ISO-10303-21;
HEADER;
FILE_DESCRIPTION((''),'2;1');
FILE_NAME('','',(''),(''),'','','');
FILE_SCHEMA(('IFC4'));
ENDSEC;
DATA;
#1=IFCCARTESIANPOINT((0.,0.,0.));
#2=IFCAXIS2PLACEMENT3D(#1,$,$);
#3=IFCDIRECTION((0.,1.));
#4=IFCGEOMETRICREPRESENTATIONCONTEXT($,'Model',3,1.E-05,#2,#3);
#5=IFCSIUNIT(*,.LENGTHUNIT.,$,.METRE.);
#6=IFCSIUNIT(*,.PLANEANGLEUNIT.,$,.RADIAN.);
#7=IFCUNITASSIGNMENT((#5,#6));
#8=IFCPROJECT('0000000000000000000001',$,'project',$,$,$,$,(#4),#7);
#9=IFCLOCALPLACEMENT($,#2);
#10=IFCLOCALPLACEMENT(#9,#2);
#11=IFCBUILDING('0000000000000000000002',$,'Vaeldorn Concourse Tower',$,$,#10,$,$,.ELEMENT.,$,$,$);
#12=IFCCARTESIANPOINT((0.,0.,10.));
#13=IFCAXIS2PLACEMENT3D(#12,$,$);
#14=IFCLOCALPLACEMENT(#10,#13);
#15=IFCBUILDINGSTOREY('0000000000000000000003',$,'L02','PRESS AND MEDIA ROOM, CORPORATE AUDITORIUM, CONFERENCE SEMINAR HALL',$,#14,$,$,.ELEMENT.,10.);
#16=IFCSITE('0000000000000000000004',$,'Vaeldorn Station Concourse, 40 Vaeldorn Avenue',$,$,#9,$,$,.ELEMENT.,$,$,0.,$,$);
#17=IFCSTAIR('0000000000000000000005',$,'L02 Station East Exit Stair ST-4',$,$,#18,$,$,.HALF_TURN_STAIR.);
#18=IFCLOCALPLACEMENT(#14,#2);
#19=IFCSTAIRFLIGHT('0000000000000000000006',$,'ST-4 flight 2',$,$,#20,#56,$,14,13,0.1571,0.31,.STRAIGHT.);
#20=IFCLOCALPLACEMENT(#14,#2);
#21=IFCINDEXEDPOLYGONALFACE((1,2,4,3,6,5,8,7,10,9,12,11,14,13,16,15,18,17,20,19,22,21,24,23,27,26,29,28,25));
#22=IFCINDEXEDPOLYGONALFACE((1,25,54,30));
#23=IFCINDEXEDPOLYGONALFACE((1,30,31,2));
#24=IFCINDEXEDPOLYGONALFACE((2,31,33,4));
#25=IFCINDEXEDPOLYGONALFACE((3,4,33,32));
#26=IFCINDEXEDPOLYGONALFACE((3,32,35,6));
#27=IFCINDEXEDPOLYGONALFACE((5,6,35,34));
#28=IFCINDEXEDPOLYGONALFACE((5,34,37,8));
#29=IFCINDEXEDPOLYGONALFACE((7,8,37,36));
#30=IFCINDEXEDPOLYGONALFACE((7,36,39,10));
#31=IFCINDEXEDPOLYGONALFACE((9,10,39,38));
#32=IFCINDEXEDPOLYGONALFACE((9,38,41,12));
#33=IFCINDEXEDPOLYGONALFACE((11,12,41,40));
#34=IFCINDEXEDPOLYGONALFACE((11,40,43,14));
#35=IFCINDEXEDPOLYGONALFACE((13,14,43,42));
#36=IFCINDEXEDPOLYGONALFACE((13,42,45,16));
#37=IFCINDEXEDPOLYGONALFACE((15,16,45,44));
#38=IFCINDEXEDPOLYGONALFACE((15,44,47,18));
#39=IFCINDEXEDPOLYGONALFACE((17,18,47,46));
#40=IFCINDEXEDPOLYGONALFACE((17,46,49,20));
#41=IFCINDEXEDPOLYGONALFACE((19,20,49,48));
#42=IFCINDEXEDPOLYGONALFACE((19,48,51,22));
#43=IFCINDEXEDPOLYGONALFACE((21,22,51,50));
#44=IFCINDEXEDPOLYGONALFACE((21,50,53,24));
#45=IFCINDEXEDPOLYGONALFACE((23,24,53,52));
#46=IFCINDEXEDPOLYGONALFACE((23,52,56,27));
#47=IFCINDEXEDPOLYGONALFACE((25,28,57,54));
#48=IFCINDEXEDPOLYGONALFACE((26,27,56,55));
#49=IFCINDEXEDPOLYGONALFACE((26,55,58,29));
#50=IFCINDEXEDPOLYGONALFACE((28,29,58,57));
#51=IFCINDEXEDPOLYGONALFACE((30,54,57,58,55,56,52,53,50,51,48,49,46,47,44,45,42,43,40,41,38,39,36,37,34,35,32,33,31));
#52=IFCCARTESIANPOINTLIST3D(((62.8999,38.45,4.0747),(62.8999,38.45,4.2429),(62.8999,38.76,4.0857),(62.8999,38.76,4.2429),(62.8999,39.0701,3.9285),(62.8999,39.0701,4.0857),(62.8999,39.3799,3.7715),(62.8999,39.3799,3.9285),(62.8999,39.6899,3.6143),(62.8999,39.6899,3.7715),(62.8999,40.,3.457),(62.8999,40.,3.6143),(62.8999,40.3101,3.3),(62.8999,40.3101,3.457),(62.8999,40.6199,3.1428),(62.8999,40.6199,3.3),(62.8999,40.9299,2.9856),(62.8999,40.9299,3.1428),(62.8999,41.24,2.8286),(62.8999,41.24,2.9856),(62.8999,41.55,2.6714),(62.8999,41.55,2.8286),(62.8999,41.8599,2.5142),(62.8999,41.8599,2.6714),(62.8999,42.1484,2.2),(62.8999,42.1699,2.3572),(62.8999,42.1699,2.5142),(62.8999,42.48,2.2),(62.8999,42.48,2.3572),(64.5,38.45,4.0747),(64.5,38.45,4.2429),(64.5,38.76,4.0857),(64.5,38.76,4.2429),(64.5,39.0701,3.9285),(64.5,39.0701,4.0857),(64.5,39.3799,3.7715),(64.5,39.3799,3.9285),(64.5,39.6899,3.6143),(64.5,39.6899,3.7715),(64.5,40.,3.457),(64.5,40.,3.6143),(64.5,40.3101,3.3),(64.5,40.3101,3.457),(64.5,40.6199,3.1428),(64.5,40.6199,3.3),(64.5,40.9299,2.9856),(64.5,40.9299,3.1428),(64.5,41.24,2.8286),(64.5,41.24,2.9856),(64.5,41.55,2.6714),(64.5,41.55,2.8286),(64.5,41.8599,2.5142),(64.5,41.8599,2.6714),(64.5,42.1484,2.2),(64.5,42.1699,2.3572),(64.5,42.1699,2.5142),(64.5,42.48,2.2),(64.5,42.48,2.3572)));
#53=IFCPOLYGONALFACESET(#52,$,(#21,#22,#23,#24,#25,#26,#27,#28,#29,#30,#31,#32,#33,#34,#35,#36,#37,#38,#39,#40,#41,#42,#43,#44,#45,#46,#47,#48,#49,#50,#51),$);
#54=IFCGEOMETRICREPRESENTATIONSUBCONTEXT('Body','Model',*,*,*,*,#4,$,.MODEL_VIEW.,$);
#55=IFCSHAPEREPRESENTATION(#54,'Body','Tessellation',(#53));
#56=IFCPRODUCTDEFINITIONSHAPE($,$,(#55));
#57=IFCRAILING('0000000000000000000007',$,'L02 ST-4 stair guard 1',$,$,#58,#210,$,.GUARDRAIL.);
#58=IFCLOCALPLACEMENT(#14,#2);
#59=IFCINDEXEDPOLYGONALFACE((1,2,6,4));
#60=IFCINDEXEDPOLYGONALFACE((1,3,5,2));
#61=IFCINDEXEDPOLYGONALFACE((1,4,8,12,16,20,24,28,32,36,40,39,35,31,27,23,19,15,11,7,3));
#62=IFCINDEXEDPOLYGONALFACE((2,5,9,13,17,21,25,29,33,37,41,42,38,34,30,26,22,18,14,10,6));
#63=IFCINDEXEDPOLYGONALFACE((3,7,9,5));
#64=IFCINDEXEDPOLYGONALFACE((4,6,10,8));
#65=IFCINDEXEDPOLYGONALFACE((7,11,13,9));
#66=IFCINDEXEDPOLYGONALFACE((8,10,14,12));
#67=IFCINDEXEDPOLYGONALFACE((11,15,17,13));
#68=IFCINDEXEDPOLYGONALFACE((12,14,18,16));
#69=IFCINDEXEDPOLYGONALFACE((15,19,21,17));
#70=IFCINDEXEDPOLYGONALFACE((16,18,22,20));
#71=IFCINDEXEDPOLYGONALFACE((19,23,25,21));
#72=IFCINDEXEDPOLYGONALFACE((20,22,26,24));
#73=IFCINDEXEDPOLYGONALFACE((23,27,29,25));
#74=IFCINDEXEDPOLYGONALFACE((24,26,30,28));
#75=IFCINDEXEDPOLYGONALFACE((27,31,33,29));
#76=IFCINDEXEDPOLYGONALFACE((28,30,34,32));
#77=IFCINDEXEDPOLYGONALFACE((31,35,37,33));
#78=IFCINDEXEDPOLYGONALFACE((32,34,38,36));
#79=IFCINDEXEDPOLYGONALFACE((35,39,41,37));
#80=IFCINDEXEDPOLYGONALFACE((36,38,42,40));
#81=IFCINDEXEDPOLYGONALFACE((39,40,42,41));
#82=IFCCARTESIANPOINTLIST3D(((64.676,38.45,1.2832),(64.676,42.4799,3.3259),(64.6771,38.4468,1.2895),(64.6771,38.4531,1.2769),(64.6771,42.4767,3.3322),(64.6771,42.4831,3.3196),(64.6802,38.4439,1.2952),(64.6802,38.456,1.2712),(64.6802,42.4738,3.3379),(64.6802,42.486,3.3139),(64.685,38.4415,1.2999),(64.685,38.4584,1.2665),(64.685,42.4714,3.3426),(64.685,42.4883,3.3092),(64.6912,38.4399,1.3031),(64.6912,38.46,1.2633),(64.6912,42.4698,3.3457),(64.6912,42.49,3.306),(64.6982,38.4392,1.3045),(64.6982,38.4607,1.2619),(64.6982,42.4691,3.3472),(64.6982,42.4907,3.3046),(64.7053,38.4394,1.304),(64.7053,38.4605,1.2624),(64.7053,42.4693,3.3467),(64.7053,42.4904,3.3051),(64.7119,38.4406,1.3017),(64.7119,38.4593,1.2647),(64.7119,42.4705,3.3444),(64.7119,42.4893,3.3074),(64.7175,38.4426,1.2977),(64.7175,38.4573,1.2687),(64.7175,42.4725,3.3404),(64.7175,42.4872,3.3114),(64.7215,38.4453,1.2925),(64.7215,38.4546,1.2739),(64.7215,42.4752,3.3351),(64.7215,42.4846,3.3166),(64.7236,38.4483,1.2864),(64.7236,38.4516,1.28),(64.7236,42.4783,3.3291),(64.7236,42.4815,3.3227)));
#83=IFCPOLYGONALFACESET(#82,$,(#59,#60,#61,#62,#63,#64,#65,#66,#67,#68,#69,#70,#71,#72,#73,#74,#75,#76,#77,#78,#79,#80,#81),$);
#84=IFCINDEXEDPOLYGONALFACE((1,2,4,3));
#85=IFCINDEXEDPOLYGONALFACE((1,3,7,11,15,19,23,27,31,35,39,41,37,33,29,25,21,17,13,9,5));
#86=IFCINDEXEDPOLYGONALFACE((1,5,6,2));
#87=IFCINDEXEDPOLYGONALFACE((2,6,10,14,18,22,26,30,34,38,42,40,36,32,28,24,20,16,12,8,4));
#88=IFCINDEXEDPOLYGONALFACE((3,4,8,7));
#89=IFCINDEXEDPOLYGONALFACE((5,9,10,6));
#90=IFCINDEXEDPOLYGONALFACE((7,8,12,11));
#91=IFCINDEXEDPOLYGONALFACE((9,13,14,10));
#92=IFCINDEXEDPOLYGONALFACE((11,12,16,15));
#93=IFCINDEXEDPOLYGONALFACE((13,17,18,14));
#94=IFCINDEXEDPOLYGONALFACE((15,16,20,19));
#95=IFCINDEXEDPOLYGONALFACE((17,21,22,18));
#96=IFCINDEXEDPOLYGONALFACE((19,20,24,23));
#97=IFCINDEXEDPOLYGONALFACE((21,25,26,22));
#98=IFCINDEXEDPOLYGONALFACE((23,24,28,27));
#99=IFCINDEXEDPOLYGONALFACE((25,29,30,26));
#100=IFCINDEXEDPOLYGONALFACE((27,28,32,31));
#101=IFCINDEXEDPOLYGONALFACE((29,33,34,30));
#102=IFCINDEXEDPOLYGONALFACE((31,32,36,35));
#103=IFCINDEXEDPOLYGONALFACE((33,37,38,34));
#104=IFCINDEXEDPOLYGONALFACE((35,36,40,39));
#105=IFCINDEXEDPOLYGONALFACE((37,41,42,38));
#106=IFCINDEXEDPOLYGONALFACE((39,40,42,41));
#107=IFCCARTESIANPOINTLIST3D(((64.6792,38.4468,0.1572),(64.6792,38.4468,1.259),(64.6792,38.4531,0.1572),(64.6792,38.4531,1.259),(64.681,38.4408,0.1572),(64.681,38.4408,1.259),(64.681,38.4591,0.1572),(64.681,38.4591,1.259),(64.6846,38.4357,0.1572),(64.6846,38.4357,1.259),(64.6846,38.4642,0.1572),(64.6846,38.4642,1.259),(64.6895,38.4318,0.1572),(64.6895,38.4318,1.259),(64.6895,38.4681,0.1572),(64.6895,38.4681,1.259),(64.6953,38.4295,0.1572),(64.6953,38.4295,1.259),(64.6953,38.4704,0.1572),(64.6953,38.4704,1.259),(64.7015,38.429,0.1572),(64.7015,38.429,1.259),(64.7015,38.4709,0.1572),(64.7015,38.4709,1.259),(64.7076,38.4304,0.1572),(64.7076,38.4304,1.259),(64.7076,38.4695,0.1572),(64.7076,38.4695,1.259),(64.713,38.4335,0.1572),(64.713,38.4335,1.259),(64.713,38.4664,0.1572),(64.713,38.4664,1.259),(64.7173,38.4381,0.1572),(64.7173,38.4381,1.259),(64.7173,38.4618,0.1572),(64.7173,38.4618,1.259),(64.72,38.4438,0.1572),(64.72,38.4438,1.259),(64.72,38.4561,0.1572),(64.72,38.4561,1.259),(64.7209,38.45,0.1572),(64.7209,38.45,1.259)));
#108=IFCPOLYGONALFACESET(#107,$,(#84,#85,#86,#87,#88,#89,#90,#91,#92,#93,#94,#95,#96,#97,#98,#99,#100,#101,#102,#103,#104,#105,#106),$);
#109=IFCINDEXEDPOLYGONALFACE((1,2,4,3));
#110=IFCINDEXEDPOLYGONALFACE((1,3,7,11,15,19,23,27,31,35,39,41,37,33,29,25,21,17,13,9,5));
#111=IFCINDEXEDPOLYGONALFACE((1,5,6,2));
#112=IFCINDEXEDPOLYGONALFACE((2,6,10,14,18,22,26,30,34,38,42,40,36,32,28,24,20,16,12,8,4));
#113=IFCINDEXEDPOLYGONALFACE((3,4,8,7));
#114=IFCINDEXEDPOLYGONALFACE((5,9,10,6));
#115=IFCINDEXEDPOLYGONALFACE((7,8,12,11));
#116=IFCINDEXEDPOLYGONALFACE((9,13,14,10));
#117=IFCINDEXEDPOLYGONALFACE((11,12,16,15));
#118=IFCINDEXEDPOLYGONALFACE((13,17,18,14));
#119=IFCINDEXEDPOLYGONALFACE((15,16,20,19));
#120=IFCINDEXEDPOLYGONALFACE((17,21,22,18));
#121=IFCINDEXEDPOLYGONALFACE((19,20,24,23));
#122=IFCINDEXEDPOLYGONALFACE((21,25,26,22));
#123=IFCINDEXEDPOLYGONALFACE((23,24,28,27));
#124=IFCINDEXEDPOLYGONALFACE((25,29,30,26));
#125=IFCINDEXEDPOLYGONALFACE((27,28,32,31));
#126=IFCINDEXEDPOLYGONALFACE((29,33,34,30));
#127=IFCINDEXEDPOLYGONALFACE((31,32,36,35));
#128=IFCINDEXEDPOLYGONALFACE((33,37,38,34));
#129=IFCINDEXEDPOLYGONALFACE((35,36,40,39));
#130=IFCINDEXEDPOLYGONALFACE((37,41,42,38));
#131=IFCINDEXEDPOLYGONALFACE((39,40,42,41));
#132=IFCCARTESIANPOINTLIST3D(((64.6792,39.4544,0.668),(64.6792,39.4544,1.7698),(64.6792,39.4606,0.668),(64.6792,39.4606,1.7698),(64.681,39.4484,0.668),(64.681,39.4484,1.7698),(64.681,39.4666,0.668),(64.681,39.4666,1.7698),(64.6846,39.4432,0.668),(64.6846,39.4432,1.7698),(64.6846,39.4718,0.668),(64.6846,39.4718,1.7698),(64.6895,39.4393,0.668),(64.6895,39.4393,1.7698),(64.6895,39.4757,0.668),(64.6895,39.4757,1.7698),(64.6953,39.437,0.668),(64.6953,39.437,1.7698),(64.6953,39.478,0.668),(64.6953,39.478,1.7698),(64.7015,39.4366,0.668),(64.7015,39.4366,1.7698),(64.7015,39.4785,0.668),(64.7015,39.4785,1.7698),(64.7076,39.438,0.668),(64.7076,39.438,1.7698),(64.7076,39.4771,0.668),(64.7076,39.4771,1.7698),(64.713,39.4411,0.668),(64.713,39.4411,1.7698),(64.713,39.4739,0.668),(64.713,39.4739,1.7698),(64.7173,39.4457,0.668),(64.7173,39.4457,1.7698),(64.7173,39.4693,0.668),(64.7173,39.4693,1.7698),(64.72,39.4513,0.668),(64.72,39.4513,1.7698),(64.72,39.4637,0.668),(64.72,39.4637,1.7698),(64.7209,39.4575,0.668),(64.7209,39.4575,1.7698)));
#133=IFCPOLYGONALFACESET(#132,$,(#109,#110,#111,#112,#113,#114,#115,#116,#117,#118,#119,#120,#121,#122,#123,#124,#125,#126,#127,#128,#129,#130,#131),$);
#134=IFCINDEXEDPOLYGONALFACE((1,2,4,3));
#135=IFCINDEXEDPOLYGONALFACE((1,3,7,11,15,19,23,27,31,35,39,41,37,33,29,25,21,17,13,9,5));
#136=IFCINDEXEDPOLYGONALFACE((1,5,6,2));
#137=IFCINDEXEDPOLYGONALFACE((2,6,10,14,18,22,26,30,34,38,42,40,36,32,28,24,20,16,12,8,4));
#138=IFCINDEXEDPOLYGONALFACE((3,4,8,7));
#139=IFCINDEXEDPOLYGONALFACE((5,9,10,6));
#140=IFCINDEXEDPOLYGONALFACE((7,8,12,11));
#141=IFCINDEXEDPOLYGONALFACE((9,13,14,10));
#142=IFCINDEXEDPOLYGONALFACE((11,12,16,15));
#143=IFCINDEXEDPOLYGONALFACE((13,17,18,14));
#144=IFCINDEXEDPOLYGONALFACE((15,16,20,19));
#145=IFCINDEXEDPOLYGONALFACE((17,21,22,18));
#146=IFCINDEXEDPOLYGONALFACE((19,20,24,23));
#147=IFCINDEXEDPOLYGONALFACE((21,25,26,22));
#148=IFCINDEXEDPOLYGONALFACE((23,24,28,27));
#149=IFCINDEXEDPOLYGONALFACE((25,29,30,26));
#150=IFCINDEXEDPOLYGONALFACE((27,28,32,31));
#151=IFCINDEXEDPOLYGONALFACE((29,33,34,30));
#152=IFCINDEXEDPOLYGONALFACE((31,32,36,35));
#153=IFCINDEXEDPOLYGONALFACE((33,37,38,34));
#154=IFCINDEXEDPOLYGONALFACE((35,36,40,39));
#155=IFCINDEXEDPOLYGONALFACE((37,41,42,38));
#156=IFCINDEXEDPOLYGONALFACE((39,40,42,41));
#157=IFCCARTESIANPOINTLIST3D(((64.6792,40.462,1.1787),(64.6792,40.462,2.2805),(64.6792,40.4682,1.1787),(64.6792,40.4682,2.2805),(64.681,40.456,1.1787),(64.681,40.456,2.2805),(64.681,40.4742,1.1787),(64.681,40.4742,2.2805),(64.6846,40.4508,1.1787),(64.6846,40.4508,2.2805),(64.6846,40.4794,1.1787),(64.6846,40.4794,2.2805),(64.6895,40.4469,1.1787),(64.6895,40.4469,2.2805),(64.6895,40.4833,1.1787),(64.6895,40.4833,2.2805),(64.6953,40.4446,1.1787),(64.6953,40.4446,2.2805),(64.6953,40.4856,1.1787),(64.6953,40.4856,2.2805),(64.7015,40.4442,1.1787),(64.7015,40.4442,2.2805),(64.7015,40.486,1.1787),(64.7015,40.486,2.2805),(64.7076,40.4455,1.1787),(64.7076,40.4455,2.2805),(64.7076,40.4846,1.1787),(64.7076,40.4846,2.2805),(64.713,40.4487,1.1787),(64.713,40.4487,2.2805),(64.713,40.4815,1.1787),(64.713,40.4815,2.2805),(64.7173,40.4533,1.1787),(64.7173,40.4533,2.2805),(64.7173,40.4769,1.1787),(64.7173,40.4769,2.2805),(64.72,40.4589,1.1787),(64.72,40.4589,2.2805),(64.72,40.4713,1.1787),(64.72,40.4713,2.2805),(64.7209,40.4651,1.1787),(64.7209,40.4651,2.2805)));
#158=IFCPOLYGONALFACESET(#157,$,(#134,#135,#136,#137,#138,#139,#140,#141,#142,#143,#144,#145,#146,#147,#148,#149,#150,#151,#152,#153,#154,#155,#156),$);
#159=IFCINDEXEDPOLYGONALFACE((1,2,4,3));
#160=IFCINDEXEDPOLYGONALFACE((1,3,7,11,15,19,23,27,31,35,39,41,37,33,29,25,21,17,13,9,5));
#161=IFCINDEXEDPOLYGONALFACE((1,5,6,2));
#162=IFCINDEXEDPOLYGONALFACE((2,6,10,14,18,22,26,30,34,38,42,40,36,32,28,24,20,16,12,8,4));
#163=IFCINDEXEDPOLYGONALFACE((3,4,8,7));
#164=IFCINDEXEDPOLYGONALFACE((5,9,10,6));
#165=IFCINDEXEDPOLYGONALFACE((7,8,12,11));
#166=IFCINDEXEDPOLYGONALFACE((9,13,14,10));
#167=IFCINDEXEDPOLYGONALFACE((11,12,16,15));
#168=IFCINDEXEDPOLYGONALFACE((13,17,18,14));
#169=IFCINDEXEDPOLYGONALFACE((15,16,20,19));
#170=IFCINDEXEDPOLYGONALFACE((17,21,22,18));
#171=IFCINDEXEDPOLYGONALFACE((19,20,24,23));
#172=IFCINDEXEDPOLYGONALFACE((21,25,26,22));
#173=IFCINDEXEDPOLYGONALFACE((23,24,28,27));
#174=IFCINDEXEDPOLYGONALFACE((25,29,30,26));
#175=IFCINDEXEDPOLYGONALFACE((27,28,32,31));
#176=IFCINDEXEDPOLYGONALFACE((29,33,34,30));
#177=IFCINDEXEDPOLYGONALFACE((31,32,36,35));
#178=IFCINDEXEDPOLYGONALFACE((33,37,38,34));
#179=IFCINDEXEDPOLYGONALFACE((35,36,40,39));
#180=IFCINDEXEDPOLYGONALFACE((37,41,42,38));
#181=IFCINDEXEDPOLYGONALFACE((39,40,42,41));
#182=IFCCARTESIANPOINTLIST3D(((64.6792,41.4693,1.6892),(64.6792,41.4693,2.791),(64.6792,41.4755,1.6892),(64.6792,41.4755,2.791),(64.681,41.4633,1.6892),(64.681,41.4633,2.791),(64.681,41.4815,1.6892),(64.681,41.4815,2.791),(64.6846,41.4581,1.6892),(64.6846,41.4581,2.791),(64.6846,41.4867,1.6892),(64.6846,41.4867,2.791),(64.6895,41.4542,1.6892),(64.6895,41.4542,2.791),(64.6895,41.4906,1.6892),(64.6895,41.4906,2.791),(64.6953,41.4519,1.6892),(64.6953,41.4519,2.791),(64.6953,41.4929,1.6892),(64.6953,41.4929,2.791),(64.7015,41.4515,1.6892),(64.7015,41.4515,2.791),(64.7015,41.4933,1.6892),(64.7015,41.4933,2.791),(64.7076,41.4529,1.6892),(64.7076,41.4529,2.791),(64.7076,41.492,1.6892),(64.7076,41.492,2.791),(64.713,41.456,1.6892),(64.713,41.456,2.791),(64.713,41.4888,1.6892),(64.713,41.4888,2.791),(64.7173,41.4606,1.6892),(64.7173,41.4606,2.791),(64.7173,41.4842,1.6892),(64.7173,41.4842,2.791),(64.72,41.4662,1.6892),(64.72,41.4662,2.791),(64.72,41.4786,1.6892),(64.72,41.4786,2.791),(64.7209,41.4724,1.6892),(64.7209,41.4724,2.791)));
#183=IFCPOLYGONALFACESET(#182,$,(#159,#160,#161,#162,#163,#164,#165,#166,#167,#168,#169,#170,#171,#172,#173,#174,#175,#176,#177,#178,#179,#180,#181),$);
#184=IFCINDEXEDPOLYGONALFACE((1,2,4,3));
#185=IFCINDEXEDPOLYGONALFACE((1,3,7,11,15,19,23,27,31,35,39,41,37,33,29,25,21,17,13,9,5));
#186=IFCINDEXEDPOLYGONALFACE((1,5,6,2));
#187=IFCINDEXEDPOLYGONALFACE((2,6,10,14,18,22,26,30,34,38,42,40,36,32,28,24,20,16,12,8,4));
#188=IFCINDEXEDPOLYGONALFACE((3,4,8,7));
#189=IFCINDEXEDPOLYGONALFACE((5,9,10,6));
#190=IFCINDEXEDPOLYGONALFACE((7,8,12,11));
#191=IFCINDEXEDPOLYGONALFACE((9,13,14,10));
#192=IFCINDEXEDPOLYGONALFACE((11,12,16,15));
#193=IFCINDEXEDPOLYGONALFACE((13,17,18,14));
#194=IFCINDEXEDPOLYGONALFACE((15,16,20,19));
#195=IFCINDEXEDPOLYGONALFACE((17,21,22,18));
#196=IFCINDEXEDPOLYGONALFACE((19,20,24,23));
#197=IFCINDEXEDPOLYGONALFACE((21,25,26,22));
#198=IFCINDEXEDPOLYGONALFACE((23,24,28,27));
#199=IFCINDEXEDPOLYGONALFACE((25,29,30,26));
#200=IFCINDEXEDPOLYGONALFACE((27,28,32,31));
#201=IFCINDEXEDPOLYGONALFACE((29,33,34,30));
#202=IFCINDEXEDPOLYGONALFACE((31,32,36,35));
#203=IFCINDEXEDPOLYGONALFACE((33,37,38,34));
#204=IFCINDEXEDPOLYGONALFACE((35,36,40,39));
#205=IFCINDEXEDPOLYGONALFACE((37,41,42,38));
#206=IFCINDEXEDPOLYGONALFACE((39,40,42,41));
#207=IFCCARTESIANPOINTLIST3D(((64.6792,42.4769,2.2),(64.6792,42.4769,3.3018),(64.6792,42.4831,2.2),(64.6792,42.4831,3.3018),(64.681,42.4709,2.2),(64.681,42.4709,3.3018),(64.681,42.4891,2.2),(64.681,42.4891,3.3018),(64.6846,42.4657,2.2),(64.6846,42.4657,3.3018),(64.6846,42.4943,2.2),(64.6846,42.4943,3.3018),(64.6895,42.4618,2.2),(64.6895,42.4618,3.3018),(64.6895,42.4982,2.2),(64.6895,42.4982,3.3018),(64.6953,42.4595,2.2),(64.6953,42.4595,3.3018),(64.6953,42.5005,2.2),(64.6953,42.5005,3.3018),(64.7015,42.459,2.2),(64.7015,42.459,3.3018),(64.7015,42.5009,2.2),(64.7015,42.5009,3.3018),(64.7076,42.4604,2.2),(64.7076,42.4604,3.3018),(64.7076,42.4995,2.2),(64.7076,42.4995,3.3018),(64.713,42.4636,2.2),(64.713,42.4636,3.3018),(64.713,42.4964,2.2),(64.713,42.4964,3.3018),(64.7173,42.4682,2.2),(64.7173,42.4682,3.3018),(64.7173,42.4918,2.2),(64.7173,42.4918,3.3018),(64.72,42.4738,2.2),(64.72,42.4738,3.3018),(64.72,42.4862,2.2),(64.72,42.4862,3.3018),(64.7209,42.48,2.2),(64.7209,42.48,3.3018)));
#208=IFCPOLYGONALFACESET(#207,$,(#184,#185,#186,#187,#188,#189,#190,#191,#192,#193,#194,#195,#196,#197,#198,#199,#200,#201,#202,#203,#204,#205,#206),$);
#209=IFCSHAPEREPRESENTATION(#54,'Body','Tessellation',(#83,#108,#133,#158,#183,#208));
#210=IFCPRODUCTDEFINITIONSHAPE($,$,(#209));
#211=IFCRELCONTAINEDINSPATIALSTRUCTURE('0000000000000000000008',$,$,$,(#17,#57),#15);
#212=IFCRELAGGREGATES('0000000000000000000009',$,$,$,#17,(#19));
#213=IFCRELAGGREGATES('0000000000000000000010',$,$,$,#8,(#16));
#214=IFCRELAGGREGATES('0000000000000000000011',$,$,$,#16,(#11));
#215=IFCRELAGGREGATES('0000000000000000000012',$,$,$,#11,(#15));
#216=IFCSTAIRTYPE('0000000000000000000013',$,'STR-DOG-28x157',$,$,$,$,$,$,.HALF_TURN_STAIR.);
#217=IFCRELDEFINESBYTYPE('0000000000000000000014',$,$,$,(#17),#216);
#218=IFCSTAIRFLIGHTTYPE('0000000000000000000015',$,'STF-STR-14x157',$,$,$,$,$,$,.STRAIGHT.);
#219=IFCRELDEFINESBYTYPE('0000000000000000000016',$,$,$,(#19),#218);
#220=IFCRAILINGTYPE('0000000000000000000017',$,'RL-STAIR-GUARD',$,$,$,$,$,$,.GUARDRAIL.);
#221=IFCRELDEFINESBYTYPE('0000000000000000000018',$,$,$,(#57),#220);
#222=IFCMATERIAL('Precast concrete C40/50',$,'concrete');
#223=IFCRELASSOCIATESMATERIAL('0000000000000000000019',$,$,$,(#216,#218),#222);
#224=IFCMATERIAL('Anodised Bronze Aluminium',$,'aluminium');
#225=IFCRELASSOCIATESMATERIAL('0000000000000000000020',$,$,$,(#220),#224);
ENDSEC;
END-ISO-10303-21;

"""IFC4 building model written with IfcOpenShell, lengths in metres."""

from ifc_helpers import new_model, si_unit, direction, frame, origin, origin_2d, place, context, subcontext, project, spatial, polyline, circle, outline, extrude, material, type_object, element, aggregate, save


model = new_model("IFC4")

# Units and contexts
model_context = context("Model", 3, precision=1e-05, world=origin(), true_north=direction((0.0, 1.0)))
body_context = subcontext(model_context, "Body", "Model", "MODEL_VIEW")
ifc_project = project(units=[si_unit("LENGTHUNIT", "METRE"), si_unit("PLANEANGLEUNIT", "RADIAN")], contexts=[model_context])

# Site, building, storey
site_placement = place(None, origin())
site = spatial("IfcSite", under=ifc_project, at=site_placement, Name="Vaeldorn Station Concourse, 40 Vaeldorn Avenue", CompositionType="ELEMENT", RefElevation=0.0)
building_placement = place(site_placement, origin())
building = spatial("IfcBuilding", under=site, at=building_placement, Name="Vaeldorn Concourse Tower", CompositionType="ELEMENT")
storey_placement = place(building_placement, frame((0.0, 0.0, 10.0)))
storey = spatial("IfcBuildingStorey", under=building, at=storey_placement, Name="L02", Description="PRESS AND MEDIA ROOM, CORPORATE AUDITORIUM, CONFERENCE SEMINAR HALL", CompositionType="ELEMENT", Elevation=10.0)

# Shared definitions
ifc_material_1 = material(Name="Anodised Bronze Aluminium", Category="aluminium")

# Stair, stair flight
ifc_material_2 = material(Name="Precast concrete C40/50", Category="concrete")
stair_type = type_object("IfcStairType", Name="STR-DOG-28x157", PredefinedType="HALF_TURN_STAIR", material=ifc_material_2)
stair_placement = place(storey_placement, origin())
stair = element("IfcStair", 1, at=stair_placement, inside=storey, type_object=stair_type, Name="L02 Station East Exit Stair ST-4", PredefinedType="HALF_TURN_STAIR")
stair_flight_type = type_object("IfcStairFlightType", Name="STF-STR-14x157", PredefinedType="STRAIGHT", material=ifc_material_2)
stair_flight_1_placement = place(storey_placement, frame((63.7, 42.48, 2.2), z_axis=(0.0, 0.0, 1.0), x_axis=(0.0, -1.0, 0.0)))
stair_flight_1 = element("IfcStairFlight", 2, at=stair_flight_1_placement, type_object=stair_flight_type, Name="ST-4 flight 2", NumberOfRisers=14, NumberOfTreads=13, PredefinedType="STRAIGHT", RiserHeight=0.1571, TreadLength=0.31, context=body_context, shape_type="SweptSolid", body=[
    extrude(outline(polyline([(0.0, 0.0), (0.0, 0.1572), (0.3101, 0.1572), (0.3101, 0.3142), (0.6201, 0.3142), (0.6201, 0.4714), (0.9299, 0.4714), (0.9299, 0.6287), (1.24, 0.6287), (1.24, 0.7856), (1.55, 0.7856), (1.55, 0.9429), (1.8601, 0.9429), (1.8601, 1.1001), (2.1699, 1.1001), (2.1699, 1.2571), (2.48, 1.2571), (2.48, 1.4143), (2.79, 1.4143), (2.79, 1.5715), (3.1001, 1.5715), (3.1001, 1.7285), (3.4099, 1.7285), (3.4099, 1.8857), (3.72, 1.8857), (3.72, 2.043), (4.03, 2.043), (4.03, 2.2), (4.03, 1.8748), (0.3315, 0.0), (0.0, 0.0)])), frame((0.0, 0.8, 0.0), z_axis=(0.0, -1.0, 0.0), x_axis=(1.0, 0.0, 0.0)), (0.0, 0.0, 1.0), 1.6001),
])
aggregate(stair, [stair_flight_1])

# Railing
railing_type_1 = type_object("IfcRailingType", Name="RL-STAIR-GUARD", PredefinedType="GUARDRAIL", material=ifc_material_1)
railing_1_placement = place(storey_placement, frame((64.7, 38.45, 0.1572)))
element("IfcRailing", 3, at=railing_1_placement, inside=storey, type_object=railing_type_1, Name="L02 ST-4 stair guard 1", PredefinedType="GUARDRAIL", context=body_context, shape_type="SweptSolid", body=[
    extrude(circle(Radius=0.0239, at=origin_2d()), frame((0.0, 0.0, 1.126), z_axis=(0.0, 0.891961, 0.452113), x_axis=(-1.0, 0.0, 0.0)), (0.0, 0.0, 1.0), 4.5181),
    extrude(circle(Radius=0.021, at=origin_2d()), origin(), (0.0, 0.0, 1.0), 1.1018),
    extrude(circle(Radius=0.021, at=origin_2d()), frame((0.0, 1.0076, 0.5107)), (0.0, 0.0, 1.0), 1.1018),
    extrude(circle(Radius=0.021, at=origin_2d()), frame((0.0, 2.0151, 1.0215)), (0.0, 0.0, 1.0), 1.1018),
    extrude(circle(Radius=0.021, at=origin_2d()), frame((0.0, 3.0225, 1.532)), (0.0, 0.0, 1.0), 1.1018),
    extrude(circle(Radius=0.021, at=origin_2d()), frame((0.0, 4.03, 2.0427)), (0.0, 0.0, 1.0), 1.1018),
])

save(model, "model.ifc")
